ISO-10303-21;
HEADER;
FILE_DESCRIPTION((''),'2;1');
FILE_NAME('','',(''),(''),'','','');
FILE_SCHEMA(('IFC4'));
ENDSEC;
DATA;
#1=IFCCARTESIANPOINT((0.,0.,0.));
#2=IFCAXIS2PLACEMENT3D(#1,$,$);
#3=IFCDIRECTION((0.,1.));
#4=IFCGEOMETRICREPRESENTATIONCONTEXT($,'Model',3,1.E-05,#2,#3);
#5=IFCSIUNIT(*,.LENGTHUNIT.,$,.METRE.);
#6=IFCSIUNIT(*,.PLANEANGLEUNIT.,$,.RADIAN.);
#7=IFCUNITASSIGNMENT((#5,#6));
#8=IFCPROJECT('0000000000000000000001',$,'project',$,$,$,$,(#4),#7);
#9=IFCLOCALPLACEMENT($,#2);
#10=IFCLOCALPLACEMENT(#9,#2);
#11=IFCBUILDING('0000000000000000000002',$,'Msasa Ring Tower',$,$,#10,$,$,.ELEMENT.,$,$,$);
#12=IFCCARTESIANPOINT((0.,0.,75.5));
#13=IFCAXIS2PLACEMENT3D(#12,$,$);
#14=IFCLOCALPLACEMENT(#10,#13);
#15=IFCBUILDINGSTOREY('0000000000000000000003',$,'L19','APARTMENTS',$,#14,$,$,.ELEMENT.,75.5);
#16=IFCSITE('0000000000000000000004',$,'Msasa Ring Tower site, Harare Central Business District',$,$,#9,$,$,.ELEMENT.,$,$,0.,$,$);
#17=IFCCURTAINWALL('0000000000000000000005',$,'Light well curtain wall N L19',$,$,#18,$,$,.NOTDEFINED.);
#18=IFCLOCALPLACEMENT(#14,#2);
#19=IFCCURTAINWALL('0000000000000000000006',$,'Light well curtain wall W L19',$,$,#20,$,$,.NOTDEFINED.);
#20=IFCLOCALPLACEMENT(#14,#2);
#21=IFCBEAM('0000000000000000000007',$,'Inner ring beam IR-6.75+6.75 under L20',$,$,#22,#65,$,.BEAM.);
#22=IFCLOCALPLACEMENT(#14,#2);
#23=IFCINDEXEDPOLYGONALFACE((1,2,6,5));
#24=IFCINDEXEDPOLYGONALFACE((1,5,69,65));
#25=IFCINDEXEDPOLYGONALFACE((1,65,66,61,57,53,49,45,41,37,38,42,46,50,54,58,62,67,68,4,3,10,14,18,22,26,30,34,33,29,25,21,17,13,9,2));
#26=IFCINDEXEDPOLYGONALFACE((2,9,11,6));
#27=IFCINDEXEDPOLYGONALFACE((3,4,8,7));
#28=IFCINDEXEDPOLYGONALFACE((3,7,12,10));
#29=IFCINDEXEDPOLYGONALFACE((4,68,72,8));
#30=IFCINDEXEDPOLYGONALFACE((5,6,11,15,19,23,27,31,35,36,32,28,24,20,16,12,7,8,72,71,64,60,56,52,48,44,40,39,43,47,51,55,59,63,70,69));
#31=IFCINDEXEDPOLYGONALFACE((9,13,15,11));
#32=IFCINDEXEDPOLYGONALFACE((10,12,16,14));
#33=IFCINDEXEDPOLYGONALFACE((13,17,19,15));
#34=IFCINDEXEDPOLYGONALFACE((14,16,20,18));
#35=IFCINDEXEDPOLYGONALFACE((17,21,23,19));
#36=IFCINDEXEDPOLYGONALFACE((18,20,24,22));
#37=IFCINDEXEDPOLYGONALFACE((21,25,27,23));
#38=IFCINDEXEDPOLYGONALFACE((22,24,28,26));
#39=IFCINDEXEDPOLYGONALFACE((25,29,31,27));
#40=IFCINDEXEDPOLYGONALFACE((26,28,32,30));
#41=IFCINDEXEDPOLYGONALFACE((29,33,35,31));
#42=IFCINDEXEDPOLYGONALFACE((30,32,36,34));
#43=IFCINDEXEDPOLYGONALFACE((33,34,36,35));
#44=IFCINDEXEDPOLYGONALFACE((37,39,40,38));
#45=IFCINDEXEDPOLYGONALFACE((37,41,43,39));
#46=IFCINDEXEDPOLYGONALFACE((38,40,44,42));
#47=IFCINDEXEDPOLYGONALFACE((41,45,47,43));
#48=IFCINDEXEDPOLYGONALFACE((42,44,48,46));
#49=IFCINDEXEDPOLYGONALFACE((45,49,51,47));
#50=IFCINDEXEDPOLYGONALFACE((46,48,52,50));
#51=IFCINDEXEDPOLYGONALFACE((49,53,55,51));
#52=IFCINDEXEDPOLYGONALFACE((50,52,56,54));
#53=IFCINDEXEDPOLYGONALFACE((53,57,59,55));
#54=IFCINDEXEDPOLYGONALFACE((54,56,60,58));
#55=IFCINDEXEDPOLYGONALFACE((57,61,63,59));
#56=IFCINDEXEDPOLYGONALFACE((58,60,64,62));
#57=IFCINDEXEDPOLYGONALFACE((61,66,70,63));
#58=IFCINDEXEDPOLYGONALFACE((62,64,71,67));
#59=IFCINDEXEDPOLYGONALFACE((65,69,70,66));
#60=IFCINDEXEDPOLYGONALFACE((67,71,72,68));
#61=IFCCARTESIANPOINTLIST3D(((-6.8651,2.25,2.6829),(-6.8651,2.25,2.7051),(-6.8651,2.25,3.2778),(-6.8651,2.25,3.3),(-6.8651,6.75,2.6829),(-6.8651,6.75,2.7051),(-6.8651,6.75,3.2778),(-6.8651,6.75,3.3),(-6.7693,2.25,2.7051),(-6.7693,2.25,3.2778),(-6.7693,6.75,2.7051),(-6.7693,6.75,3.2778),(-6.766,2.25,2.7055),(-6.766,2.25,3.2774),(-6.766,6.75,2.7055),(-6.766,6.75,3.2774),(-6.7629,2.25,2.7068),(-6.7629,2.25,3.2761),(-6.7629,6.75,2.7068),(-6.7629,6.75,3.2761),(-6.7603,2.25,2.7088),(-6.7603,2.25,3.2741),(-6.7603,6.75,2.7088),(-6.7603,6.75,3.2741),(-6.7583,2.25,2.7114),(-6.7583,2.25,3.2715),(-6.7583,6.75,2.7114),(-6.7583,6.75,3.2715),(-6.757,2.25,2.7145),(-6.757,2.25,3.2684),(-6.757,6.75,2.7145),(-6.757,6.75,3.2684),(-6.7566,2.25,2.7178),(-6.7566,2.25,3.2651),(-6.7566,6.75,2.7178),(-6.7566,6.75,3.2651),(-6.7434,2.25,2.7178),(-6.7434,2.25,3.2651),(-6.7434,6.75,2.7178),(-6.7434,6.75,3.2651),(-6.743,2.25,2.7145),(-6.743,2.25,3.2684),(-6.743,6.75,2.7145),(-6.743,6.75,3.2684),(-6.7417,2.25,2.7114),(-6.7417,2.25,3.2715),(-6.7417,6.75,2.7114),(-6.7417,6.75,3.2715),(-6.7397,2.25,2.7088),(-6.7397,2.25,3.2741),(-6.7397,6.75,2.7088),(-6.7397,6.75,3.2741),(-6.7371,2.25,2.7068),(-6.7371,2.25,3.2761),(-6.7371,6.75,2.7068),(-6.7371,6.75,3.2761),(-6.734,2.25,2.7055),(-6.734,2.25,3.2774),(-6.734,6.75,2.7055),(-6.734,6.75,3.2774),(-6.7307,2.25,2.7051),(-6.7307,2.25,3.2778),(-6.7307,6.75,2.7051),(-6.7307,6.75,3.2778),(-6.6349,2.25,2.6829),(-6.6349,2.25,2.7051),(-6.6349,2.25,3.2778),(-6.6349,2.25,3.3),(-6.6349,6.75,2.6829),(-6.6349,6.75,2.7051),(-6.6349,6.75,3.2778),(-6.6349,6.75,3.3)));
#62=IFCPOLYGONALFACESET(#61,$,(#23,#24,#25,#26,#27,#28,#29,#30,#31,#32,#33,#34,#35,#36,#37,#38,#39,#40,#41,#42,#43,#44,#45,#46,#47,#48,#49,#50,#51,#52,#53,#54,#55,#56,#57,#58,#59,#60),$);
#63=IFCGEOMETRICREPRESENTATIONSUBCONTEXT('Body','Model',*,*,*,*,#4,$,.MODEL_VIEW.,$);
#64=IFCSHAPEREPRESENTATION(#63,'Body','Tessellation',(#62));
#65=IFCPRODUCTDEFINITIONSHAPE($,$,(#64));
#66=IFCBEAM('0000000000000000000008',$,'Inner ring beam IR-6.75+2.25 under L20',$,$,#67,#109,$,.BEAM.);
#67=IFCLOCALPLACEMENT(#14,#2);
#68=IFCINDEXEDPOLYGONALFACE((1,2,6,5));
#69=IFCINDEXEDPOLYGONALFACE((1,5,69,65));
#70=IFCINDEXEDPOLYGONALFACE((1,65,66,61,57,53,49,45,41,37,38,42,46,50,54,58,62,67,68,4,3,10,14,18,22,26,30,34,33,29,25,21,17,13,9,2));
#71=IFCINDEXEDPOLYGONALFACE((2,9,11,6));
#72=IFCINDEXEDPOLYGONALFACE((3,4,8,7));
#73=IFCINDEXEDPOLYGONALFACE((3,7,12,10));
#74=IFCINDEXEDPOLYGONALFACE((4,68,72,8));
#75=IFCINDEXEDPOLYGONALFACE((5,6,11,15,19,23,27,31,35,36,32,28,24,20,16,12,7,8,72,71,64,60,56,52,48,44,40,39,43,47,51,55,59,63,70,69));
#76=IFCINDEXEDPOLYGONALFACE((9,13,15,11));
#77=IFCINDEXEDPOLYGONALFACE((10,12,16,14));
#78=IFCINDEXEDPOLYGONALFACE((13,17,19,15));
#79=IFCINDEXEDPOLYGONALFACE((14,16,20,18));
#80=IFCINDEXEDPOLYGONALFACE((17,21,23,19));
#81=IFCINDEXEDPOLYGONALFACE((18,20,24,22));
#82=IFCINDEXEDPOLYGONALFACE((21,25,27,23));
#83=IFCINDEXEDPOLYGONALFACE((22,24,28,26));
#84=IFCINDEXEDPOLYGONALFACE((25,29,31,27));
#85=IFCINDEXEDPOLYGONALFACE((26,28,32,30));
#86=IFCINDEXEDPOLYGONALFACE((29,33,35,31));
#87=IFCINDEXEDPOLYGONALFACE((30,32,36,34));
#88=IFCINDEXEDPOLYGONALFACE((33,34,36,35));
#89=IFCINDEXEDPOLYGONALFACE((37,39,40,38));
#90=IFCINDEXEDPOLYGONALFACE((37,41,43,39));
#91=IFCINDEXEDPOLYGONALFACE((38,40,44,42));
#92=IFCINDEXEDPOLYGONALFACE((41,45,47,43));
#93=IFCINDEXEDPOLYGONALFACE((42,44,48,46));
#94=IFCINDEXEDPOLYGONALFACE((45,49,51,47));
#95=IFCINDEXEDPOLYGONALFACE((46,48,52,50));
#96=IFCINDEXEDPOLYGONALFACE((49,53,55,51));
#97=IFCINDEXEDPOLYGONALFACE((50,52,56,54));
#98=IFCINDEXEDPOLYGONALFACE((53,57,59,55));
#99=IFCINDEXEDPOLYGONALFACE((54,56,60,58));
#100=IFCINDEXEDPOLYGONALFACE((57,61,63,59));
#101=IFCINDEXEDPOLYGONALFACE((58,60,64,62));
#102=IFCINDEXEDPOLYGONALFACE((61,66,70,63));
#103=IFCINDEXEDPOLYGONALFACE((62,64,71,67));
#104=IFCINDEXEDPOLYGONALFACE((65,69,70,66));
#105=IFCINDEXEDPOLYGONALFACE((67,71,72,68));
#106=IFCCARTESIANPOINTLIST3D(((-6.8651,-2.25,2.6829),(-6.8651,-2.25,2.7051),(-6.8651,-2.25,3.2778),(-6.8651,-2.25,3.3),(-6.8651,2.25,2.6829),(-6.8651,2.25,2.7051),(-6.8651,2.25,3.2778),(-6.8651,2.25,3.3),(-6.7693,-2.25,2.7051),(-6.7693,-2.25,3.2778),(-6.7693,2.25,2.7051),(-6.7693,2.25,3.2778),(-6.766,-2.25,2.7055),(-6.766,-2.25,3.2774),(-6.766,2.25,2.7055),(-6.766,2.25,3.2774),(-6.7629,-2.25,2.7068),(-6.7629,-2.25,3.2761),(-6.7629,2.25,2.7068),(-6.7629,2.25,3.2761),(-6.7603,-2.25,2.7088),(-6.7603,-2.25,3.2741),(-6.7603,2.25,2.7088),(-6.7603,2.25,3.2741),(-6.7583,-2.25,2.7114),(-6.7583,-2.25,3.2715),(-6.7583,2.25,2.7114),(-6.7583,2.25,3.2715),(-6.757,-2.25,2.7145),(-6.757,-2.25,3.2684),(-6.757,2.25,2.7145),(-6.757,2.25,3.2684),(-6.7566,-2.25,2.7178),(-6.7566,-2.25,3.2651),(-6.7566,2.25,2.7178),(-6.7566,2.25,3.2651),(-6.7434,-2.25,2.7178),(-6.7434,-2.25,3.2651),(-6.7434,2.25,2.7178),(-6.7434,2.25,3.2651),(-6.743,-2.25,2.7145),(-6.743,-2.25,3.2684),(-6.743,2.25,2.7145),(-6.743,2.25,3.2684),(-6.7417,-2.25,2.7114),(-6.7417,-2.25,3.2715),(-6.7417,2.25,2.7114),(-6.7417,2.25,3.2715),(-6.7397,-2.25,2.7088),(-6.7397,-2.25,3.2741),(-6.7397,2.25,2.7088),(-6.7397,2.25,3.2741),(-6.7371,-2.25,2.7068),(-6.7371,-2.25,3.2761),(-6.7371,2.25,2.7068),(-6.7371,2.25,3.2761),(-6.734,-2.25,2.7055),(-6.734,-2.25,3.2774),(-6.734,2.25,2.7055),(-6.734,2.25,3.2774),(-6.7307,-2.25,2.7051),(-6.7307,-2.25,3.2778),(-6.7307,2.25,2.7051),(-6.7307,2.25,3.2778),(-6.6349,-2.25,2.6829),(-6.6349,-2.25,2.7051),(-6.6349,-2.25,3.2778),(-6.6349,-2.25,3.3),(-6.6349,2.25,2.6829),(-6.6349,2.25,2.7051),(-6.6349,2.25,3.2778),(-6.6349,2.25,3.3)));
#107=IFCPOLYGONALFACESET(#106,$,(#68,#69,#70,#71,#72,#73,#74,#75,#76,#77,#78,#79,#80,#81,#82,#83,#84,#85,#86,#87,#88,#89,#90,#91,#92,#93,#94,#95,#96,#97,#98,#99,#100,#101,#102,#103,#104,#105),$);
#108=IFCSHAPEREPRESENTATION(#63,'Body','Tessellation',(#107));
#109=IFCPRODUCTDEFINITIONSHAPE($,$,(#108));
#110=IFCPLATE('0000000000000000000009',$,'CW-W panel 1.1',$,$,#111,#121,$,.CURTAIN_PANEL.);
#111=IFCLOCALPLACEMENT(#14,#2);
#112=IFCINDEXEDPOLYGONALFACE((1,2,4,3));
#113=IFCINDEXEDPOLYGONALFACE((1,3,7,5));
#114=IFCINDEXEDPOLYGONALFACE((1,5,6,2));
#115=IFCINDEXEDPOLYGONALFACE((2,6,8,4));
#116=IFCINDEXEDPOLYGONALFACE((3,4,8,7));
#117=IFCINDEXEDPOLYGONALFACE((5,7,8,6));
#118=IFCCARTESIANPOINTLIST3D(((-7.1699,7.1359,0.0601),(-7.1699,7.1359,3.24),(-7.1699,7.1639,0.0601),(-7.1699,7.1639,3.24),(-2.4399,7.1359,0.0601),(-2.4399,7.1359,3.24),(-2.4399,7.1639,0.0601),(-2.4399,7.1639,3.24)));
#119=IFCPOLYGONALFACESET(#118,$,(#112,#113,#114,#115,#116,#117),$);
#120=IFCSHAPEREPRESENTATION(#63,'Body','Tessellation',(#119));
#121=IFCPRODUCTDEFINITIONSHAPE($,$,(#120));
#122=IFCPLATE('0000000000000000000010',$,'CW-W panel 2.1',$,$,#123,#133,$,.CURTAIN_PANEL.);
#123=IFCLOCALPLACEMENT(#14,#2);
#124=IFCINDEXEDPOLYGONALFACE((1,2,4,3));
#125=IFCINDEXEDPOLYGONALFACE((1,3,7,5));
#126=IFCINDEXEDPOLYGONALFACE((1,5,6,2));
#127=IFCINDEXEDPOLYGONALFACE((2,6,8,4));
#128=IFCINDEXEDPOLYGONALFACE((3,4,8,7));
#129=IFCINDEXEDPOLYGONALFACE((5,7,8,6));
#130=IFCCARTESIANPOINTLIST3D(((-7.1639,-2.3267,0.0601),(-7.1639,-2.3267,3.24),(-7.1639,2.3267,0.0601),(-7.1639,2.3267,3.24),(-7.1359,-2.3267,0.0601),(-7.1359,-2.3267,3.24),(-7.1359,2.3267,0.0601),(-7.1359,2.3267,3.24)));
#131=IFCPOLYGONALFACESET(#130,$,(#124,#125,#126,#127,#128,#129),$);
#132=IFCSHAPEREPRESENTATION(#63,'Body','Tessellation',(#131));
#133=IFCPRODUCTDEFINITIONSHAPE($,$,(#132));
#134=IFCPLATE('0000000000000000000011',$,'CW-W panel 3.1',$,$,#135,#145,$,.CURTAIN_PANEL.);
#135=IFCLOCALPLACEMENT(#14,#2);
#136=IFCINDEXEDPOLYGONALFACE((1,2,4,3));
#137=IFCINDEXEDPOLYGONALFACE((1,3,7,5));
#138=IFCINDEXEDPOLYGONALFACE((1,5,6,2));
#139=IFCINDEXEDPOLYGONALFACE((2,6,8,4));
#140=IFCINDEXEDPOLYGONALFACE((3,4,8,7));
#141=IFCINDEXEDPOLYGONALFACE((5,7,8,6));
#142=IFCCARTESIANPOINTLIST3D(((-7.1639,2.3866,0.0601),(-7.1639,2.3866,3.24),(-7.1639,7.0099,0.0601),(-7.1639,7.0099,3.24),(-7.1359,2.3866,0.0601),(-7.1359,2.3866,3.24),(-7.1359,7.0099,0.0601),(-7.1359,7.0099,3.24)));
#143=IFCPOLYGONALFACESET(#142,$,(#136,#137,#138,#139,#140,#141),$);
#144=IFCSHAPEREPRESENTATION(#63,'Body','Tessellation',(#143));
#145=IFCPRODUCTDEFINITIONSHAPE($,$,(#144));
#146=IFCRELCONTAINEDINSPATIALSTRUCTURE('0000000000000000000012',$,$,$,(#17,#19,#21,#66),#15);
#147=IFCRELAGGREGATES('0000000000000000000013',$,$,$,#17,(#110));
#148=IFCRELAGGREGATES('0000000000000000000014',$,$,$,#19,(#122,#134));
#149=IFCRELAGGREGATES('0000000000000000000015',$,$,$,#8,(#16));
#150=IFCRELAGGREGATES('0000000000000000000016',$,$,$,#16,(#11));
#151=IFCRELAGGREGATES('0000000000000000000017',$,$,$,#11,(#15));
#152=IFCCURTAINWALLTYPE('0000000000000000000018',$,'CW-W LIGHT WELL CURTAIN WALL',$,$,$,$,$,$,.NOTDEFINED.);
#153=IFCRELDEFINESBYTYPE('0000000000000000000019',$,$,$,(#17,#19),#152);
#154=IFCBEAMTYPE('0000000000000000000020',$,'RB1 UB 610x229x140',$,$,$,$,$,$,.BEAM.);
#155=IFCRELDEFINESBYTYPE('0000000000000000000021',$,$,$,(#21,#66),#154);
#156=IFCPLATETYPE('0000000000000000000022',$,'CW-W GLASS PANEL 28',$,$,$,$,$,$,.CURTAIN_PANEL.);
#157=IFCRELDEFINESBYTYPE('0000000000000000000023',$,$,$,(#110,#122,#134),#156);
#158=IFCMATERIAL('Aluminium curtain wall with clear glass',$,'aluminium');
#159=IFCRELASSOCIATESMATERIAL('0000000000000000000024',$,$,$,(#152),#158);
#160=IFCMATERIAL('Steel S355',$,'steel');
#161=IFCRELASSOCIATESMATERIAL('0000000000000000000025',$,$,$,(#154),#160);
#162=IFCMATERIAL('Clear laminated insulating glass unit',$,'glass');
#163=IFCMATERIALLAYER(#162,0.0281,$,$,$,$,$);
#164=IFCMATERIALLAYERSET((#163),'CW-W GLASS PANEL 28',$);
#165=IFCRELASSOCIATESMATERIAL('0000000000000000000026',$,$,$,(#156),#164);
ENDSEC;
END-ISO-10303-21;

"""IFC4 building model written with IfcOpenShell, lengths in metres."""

from ifc_helpers import new_model, si_unit, direction, frame, origin, origin_2d, place, context, subcontext, project, spatial, rectangle, i_section, extrude, material, layer, layer_set, material_profile, profile_set, type_object, element, aggregate, save


model = new_model("IFC4")

# Units and contexts
model_context = context("Model", 3, precision=1e-05, world=origin(), true_north=direction((0.0, 1.0)))
body_context = subcontext(model_context, "Body", "Model", "MODEL_VIEW")
ifc_project = project(units=[si_unit("LENGTHUNIT", "METRE"), si_unit("PLANEANGLEUNIT", "RADIAN")], contexts=[model_context])

# Site, building, storey
site_placement = place(None, origin())
site = spatial("IfcSite", under=ifc_project, at=site_placement, Name="Msasa Ring Tower site, Harare Central Business District", CompositionType="ELEMENT", RefElevation=0.0)
building_placement = place(site_placement, origin())
building = spatial("IfcBuilding", under=site, at=building_placement, Name="Msasa Ring Tower", CompositionType="ELEMENT")
storey_placement = place(building_placement, frame((0.0, 0.0, 75.5)))
storey = spatial("IfcBuildingStorey", under=building, at=storey_placement, Name="L19", Description="APARTMENTS", CompositionType="ELEMENT", Elevation=75.5)

# Curtain wall
ifc_material_1 = material(Name="Aluminium curtain wall with clear glass", Category="aluminium")
curtain_wall_type = type_object("IfcCurtainWallType", Name="CW-W LIGHT WELL CURTAIN WALL", PredefinedType="NOTDEFINED", material=ifc_material_1)
curtain_wall_1_placement = place(storey_placement, origin())
curtain_wall_1 = element("IfcCurtainWall", 1, at=curtain_wall_1_placement, inside=storey, type_object=curtain_wall_type, Name="Light well curtain wall N L19", PredefinedType="NOTDEFINED")

# Curtain wall
curtain_wall_2_placement = place(storey_placement, origin())
curtain_wall_2 = element("IfcCurtainWall", 2, at=curtain_wall_2_placement, inside=storey, type_object=curtain_wall_type, Name="Light well curtain wall W L19", PredefinedType="NOTDEFINED")

# Beams
ifc_material_2 = material(Name="Steel S355", Category="steel")
ifc_material_profile_1 = material_profile(ifc_material_2, i_section(OverallWidth=0.2302, OverallDepth=0.6172, WebThickness=0.0132, FlangeThickness=0.0222, FilletRadius=0.0127, at=origin_2d()), Name="UB 610x229x140")
ifc_profile_set_1 = profile_set([ifc_material_profile_1], Name="Steel S355")
beam_type = type_object("IfcBeamType", Name="RB1 UB 610x229x140", PredefinedType="BEAM", material=ifc_profile_set_1)
for number, where, z_axis, x_axis, name in (
    (3, (-6.75, 6.75, 2.9915), (0.0, -1.0, 0.0), (1.0, 0.0, 0.0), "Inner ring beam IR-6.75+6.75 under L20"),
    (4, (-6.75, 2.25, 2.9915), (0.0, -1.0, 0.0), (1.0, 0.0, 0.0), "Inner ring beam IR-6.75+2.25 under L20"),
):
    element("IfcBeam", number, at=place(storey_placement, frame(where, z_axis=z_axis, x_axis=x_axis)), inside=storey, type_object=beam_type, Name=name, PredefinedType="BEAM", context=body_context, shape_type="SweptSolid", body=[
        extrude(i_section(OverallWidth=0.2302, OverallDepth=0.6172, WebThickness=0.0132, FlangeThickness=0.0222, FilletRadius=0.0127, at=origin_2d()), origin(), (0.0, 0.0, 1.0), 4.5),
    ])

# Plates
ifc_material_3 = material(Name="Clear laminated insulating glass unit", Category="glass")
ifc_layer_1 = layer(ifc_material_3, 0.0281)
ifc_layer_set_1 = layer_set([ifc_layer_1], Name="CW-W GLASS PANEL 28")
plate_type = type_object("IfcPlateType", Name="CW-W GLASS PANEL 28", PredefinedType="CURTAIN_PANEL", material=ifc_layer_set_1)
plate_1_placement = place(storey_placement, frame((-4.8049, 7.1499, 0.0601), z_axis=(0.0, 0.0, 1.0), x_axis=(1.0, 0.0, 0.0)))
plate_1 = element("IfcPlate", 5, at=plate_1_placement, type_object=plate_type, Name="CW-W panel 1.1", PredefinedType="CURTAIN_PANEL", context=body_context, shape_type="SweptSolid", body=[
    extrude(rectangle(XDim=4.73, YDim=0.0281, at=origin_2d()), origin(), (0.0, 0.0, 1.0), 3.1799),
])
aggregate(curtain_wall_1, [plate_1])
plate_2_placement = place(storey_placement, frame((-7.1499, 0.0, 0.0601), z_axis=(0.0, 0.0, 1.0), x_axis=(0.0, 1.0, 0.0)))
plate_2 = element("IfcPlate", 6, at=plate_2_placement, type_object=plate_type, Name="CW-W panel 2.1", PredefinedType="CURTAIN_PANEL", context=body_context, shape_type="SweptSolid", body=[
    extrude(rectangle(XDim=4.6533, YDim=0.0281, at=origin_2d()), origin(), (0.0, 0.0, 1.0), 3.1799),
])
plate_3_placement = place(storey_placement, frame((-7.1499, 4.6982, 0.0601), z_axis=(0.0, 0.0, 1.0), x_axis=(0.0, 1.0, 0.0)))
plate_3 = element("IfcPlate", 7, at=plate_3_placement, type_object=plate_type, Name="CW-W panel 3.1", PredefinedType="CURTAIN_PANEL", context=body_context, shape_type="SweptSolid", body=[
    extrude(rectangle(XDim=4.6233, YDim=0.0281, at=origin_2d()), origin(), (0.0, 0.0, 1.0), 3.1799),
])
aggregate(curtain_wall_2, [plate_2, plate_3])

save(model, "model.ifc")
